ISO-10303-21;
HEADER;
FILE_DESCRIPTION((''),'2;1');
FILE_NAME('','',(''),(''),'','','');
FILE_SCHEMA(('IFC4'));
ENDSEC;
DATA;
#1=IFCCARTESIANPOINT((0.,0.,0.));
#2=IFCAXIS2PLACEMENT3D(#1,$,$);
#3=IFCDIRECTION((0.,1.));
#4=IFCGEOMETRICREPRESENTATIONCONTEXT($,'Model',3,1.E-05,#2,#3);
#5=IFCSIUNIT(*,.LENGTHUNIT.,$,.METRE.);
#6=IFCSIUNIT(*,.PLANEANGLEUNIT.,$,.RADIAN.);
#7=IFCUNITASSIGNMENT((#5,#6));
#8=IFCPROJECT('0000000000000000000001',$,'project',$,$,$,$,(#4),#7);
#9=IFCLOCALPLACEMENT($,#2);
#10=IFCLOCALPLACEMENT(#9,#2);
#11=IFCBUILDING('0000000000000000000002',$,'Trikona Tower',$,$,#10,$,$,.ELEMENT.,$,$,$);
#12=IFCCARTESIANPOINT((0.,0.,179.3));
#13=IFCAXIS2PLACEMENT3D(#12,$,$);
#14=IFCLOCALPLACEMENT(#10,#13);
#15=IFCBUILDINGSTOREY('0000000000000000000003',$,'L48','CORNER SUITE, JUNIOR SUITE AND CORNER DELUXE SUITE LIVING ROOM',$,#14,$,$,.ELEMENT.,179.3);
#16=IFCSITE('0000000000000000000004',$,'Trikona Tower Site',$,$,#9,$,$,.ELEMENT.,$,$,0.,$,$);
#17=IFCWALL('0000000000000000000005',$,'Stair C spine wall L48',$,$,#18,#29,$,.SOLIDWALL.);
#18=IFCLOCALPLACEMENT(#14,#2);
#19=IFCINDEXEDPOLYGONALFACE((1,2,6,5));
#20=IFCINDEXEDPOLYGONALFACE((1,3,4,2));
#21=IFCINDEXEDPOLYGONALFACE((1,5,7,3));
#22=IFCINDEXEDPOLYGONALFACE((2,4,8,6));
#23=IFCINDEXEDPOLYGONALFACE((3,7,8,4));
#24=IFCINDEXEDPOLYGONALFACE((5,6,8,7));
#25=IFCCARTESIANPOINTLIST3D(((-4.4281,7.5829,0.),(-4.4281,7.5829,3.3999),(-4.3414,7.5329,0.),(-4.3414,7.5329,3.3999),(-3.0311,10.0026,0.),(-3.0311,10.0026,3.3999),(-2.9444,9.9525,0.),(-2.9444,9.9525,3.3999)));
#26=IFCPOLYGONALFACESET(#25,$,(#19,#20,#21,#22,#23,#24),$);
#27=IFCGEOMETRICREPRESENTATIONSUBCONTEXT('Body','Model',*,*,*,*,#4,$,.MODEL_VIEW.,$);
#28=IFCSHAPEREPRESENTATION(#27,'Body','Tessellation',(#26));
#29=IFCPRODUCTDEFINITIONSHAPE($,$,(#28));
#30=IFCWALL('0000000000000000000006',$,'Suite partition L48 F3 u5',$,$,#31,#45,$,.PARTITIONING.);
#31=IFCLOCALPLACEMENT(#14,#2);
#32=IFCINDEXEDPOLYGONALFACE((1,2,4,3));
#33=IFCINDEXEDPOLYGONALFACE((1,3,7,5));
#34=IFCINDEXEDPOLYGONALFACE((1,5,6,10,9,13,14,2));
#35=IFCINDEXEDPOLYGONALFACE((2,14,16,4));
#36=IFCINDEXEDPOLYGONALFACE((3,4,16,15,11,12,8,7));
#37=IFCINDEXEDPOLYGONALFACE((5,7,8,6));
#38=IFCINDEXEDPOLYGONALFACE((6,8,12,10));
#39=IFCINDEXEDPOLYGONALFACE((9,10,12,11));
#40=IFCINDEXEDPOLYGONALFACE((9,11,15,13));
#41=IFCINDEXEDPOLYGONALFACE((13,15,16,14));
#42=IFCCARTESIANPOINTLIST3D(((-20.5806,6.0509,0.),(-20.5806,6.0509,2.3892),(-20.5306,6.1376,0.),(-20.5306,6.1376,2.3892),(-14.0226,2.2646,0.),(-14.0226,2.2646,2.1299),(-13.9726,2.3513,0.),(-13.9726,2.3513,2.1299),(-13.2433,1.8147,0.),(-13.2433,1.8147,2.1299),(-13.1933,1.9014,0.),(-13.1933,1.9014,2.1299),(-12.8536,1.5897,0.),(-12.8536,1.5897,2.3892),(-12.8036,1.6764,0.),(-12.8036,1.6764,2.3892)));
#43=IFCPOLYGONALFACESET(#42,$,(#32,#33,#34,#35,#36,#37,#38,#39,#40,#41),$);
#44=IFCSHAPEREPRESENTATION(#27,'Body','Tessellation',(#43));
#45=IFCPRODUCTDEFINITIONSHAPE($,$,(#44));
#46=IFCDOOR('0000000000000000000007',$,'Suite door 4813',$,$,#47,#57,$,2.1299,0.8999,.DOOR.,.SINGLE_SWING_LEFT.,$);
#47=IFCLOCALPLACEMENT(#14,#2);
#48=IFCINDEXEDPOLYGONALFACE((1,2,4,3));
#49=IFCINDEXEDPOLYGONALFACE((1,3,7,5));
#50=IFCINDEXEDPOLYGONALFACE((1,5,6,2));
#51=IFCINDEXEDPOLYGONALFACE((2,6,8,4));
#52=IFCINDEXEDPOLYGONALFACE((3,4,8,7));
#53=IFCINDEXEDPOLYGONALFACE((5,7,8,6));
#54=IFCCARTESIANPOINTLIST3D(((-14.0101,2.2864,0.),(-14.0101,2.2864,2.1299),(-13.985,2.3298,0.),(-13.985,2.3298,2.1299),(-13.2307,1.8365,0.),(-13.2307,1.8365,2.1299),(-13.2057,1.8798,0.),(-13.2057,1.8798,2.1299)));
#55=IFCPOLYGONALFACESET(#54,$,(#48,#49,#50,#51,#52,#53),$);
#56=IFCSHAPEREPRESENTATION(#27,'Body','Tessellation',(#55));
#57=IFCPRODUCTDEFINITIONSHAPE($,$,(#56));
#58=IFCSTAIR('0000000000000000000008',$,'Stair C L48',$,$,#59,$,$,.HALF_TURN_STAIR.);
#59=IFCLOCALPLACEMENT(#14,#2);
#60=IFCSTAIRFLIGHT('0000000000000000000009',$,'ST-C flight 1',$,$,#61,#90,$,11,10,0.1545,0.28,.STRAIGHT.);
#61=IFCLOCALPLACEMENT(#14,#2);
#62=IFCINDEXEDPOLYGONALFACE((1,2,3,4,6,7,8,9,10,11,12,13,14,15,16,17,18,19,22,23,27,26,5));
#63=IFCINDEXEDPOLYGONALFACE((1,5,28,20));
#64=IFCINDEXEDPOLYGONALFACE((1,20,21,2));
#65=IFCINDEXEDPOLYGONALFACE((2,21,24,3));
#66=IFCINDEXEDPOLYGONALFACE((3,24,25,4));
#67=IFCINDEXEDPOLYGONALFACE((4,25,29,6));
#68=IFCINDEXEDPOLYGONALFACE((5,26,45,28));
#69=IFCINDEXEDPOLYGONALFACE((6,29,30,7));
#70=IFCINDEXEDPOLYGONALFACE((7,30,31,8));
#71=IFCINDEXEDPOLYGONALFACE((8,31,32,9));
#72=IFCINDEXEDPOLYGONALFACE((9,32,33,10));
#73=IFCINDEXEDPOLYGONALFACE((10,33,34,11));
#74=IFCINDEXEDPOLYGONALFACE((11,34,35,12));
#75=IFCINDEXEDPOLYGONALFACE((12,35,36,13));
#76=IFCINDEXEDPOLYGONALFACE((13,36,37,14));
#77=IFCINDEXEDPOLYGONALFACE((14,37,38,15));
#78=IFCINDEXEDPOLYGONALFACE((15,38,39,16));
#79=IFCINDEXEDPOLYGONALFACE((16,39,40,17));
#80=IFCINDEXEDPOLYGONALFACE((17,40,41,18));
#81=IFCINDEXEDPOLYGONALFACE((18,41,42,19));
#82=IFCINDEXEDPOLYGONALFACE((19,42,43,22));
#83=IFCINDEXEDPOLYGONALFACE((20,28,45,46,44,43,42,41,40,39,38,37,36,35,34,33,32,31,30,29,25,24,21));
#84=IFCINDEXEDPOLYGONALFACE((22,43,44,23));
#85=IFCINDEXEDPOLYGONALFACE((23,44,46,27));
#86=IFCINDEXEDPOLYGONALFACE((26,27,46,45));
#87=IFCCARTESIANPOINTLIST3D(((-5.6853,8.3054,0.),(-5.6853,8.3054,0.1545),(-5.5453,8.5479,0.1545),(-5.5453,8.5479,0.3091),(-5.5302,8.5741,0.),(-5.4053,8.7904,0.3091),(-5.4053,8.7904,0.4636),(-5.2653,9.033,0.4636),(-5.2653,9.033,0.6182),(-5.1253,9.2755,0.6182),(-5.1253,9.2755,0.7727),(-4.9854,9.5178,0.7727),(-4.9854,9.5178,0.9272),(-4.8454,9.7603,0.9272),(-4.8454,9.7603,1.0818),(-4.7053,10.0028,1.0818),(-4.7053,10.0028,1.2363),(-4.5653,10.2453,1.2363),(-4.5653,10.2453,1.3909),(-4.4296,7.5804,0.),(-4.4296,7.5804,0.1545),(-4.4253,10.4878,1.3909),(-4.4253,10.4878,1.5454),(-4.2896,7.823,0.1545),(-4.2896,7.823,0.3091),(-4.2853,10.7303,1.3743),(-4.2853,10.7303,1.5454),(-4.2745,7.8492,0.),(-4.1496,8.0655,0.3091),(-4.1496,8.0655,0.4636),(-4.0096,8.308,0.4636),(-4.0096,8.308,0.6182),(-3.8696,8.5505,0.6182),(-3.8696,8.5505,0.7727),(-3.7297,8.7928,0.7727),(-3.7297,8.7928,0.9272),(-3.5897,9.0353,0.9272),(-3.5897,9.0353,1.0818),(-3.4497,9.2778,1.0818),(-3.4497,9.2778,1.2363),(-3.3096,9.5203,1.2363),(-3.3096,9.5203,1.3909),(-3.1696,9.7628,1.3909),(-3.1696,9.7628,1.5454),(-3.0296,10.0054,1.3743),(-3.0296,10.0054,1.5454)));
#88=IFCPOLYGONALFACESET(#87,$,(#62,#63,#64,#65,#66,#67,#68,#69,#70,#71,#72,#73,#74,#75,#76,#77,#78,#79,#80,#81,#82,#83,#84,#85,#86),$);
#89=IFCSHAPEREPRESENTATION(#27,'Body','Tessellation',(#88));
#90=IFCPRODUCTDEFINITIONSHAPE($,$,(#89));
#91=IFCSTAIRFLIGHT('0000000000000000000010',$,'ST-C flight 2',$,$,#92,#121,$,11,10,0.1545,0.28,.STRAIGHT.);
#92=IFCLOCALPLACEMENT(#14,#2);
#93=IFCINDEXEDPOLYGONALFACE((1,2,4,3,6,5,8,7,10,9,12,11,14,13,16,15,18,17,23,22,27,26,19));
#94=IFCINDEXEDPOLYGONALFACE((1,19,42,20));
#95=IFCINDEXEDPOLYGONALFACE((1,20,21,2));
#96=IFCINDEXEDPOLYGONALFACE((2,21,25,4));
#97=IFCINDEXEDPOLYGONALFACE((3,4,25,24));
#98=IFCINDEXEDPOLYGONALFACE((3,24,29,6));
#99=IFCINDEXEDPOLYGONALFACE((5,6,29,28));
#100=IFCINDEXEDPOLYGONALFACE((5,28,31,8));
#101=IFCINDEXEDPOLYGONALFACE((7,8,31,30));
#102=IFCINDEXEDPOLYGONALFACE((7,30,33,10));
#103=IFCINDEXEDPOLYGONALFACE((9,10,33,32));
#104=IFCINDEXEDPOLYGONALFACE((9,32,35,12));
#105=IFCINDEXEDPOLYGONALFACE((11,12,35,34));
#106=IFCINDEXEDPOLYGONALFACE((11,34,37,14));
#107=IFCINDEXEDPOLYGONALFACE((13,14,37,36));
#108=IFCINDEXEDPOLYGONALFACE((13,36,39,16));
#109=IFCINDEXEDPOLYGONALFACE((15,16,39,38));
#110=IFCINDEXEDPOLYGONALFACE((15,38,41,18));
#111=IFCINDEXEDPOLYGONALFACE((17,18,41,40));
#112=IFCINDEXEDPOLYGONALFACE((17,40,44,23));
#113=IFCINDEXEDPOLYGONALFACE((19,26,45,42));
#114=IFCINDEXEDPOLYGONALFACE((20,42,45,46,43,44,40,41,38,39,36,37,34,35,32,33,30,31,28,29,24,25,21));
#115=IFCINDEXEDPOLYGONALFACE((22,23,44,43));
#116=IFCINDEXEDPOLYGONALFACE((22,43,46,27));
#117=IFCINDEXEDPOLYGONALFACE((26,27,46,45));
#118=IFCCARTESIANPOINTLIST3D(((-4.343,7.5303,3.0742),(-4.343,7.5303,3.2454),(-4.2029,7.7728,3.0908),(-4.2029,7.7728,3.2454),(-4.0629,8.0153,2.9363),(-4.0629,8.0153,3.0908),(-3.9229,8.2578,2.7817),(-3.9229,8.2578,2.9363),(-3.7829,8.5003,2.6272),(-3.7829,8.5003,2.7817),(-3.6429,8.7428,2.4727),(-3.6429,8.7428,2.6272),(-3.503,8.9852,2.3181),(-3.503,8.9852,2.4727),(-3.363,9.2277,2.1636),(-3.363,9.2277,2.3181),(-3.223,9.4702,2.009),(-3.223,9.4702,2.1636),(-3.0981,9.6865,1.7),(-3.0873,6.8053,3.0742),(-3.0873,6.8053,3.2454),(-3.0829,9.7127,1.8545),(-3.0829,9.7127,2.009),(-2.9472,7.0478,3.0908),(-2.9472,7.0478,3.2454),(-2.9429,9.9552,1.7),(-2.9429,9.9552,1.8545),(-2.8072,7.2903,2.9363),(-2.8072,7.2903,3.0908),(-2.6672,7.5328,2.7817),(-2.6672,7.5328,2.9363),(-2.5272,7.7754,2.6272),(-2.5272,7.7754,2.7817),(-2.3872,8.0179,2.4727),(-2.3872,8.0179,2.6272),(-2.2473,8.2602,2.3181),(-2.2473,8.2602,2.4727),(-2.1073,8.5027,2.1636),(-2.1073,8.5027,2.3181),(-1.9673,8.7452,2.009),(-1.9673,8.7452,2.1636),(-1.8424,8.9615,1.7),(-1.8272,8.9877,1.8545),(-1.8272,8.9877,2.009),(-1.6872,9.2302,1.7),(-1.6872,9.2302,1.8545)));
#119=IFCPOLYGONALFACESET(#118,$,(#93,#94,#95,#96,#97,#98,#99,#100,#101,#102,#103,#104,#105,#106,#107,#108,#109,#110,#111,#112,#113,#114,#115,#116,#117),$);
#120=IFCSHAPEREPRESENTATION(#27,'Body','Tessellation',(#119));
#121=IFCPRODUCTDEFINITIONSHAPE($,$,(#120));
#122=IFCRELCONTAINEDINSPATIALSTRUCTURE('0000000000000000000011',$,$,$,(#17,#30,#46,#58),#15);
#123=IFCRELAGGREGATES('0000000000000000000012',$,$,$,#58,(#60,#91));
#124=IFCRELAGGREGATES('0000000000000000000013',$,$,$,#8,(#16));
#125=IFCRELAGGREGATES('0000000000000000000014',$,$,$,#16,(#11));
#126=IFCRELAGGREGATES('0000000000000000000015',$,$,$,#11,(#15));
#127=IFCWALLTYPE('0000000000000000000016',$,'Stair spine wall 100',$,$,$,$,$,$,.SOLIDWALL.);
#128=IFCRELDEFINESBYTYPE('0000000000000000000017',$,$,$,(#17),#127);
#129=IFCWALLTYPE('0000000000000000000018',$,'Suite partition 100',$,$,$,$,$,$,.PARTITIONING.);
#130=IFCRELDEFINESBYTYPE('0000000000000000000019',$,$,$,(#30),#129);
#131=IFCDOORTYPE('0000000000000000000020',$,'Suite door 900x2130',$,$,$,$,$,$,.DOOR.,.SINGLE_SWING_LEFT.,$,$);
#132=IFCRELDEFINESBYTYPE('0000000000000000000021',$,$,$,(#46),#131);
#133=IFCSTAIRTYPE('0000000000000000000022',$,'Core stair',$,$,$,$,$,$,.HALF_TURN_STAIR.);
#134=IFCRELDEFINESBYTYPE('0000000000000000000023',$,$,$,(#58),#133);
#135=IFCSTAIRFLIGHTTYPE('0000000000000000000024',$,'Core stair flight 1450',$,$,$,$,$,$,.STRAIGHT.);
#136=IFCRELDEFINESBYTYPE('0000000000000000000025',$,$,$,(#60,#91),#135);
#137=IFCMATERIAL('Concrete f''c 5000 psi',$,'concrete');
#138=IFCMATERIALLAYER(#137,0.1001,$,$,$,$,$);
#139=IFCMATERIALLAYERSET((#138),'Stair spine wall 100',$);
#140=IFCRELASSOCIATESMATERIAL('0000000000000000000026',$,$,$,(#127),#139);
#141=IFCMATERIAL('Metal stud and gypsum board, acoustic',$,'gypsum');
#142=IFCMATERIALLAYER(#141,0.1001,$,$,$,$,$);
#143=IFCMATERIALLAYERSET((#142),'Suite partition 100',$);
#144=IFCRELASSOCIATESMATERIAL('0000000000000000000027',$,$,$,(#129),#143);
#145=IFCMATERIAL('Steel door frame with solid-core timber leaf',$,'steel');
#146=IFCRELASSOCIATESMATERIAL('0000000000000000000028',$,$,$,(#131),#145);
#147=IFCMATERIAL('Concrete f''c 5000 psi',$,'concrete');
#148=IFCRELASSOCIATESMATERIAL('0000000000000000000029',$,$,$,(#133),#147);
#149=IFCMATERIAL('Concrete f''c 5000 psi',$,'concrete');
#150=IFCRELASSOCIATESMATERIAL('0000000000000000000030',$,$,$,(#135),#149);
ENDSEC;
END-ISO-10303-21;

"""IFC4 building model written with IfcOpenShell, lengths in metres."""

from ifc_helpers import new_model, si_unit, direction, frame, frame_2d, origin, place, context, subcontext, project, spatial, polyline, rectangle, outline, extrude, material, layer, layer_set, type_object, element, fill, aggregate, save


model = new_model("IFC4")

# Units and contexts
model_context = context("Model", 3, precision=1e-05, world=origin(), true_north=direction((0.0, 1.0)))
body_context = subcontext(model_context, "Body", "Model", "MODEL_VIEW")
ifc_project = project(units=[si_unit("LENGTHUNIT", "METRE"), si_unit("PLANEANGLEUNIT", "RADIAN")], contexts=[model_context])

# Site, building, storey
site_placement = place(None, origin())
site = spatial("IfcSite", under=ifc_project, at=site_placement, Name="Trikona Tower Site", CompositionType="ELEMENT", RefElevation=0.0)
building_placement = place(site_placement, origin())
building = spatial("IfcBuilding", under=site, at=building_placement, Name="Trikona Tower", CompositionType="ELEMENT")
storey_placement = place(building_placement, frame((0.0, 0.0, 179.3)))
storey = spatial("IfcBuildingStorey", under=building, at=storey_placement, Name="L48", Description="CORNER SUITE, JUNIOR SUITE AND CORNER DELUXE SUITE LIVING ROOM", CompositionType="ELEMENT", Elevation=179.3)

# Wall
ifc_material_1 = material(Name="Concrete f'c 5000 psi", Category="concrete")
ifc_layer_1 = layer(ifc_material_1, 0.1001)
ifc_layer_set_1 = layer_set([ifc_layer_1], Name="Stair spine wall 100")
wall_type_1 = type_object("IfcWallType", Name="Stair spine wall 100", PredefinedType="SOLIDWALL", material=ifc_layer_set_1)
wall_1_placement = place(storey_placement, frame((-2.9878, 9.9775, 0.0), z_axis=(0.0, 0.0, 1.0), x_axis=(-0.499992, -0.86603, 0.0)))
element("IfcWall", 1, at=wall_1_placement, inside=storey, type_object=wall_type_1, Name="Stair C spine wall L48", PredefinedType="SOLIDWALL", context=body_context, shape_type="SweptSolid", body=[
    extrude(rectangle(XDim=2.7939, YDim=0.1001, at=frame_2d((1.397, 0.0))), origin(), (0.0, 0.0, 1.0), 3.3999),
])

# Wall, opening, door
ifc_material_2 = material(Name="Metal stud and gypsum board, acoustic", Category="gypsum")
ifc_layer_2 = layer(ifc_material_2, 0.1001)
ifc_layer_set_2 = layer_set([ifc_layer_2], Name="Suite partition 100")
wall_type_2 = type_object("IfcWallType", Name="Suite partition 100", PredefinedType="PARTITIONING", material=ifc_layer_set_2)
wall_2_placement = place(storey_placement, frame((-12.8286, 1.6331, 0.0), z_axis=(0.0, 0.0, 1.0), x_axis=(-0.866027, 0.499997, 0.0)))
wall_2 = element("IfcWall", 2, at=wall_2_placement, inside=storey, type_object=wall_type_2, Name="Suite partition L48 F3 u5", PredefinedType="PARTITIONING", context=body_context, shape_type="SweptSolid", body=[
    extrude(rectangle(XDim=8.9224, YDim=0.1001, at=frame_2d((4.4612, 0.0))), origin(), (0.0, 0.0, 1.0), 2.3892),
])
opening_1_placement = place(wall_2_placement, frame((0.45, 0.0, 0.0)))
opening_1 = element("IfcOpeningElement", 3, at=opening_1_placement, cuts=wall_2, PredefinedType="OPENING", context=body_context, shape_type="SweptSolid", body=[
    extrude(rectangle(XDim=0.8999, YDim=2.1299, at=frame_2d((0.45, 1.0649))), frame((0.0, 0.0601, 0.0), z_axis=(0.0, -1.0, 0.0), x_axis=(1.0, 0.0, 0.0)), (0.0, 0.0, 1.0), 0.1201),
])
ifc_material_3 = material(Name="Steel door frame with solid-core timber leaf", Category="steel")
door_type_1 = type_object("IfcDoorType", Name="Suite door 900x2130", OperationType="SINGLE_SWING_LEFT", PredefinedType="DOOR", material=ifc_material_3)
door_1_placement = place(opening_1_placement, origin())
door_1 = element("IfcDoor", 4, at=door_1_placement, inside=storey, type_object=door_type_1, Name="Suite door 4813", OperationType="SINGLE_SWING_LEFT", OverallHeight=2.1299, OverallWidth=0.8999, PredefinedType="DOOR", context=body_context, shape_type="SweptSolid", body=[
    extrude(rectangle(XDim=0.8999, YDim=2.1299, at=frame_2d((0.45, 1.0649))), frame((0.0, 0.0249, 0.0), z_axis=(0.0, -1.0, 0.0), x_axis=(1.0, 0.0, 0.0)), (0.0, 0.0, 1.0), 0.05),
])
fill(opening_1, door_1)

# Stair, stair flights
ifc_material_4 = material(Name="Concrete f'c 5000 psi", Category="concrete")
stair_type = type_object("IfcStairType", Name="Core stair", PredefinedType="HALF_TURN_STAIR", material=ifc_material_4)
stair_placement = place(storey_placement, origin())
stair = element("IfcStair", 5, at=stair_placement, inside=storey, type_object=stair_type, Name="Stair C L48", PredefinedType="HALF_TURN_STAIR")
ifc_material_5 = material(Name="Concrete f'c 5000 psi", Category="concrete")
stair_flight_type = type_object("IfcStairFlightType", Name="Core stair flight 1450", PredefinedType="STRAIGHT", material=ifc_material_5)
stair_flight_1_placement = place(storey_placement, frame((-5.0574, 7.9429, 0.0), z_axis=(0.0, 0.0, 1.0), x_axis=(0.5, 0.866025, 0.0)))
stair_flight_1 = element("IfcStairFlight", 6, at=stair_flight_1_placement, type_object=stair_flight_type, Name="ST-C flight 1", NumberOfRisers=11, NumberOfTreads=10, PredefinedType="STRAIGHT", RiserHeight=0.1545, TreadLength=0.28, context=body_context, shape_type="SweptSolid", body=[
    extrude(outline(polyline([(0.0, 0.0), (0.0, 0.1545), (0.28, 0.1545), (0.28, 0.3091), (0.5601, 0.3091), (0.5601, 0.4636), (0.8401, 0.4636), (0.8401, 0.6182), (1.1201, 0.6182), (1.1201, 0.7727), (1.3999, 0.7727), (1.3999, 0.9272), (1.6799, 0.9272), (1.6799, 1.0818), (1.96, 1.0818), (1.96, 1.2363), (2.24, 1.2363), (2.24, 1.3909), (2.52, 1.3909), (2.52, 1.5454), (2.8, 1.5454), (2.8, 1.7), (2.8, 1.3743), (0.3103, 0.0), (0.0, 0.0)])), frame((0.0, 0.7251, 0.0), z_axis=(0.0, -1.0, 0.0), x_axis=(1.0, 0.0, 0.0)), (0.0, 0.0, 1.0), 1.45),
])
stair_flight_2_placement = place(storey_placement, frame((-2.3152, 9.5928, 1.7), z_axis=(0.0, 0.0, 1.0), x_axis=(-0.5, -0.866025, 0.0)))
stair_flight_2 = element("IfcStairFlight", 7, at=stair_flight_2_placement, type_object=stair_flight_type, Name="ST-C flight 2", NumberOfRisers=11, NumberOfTreads=10, PredefinedType="STRAIGHT", RiserHeight=0.1545, TreadLength=0.28, context=body_context, shape_type="SweptSolid", body=[
    extrude(outline(polyline([(0.0, 0.0), (0.0, 0.1545), (0.28, 0.1545), (0.28, 0.3091), (0.5601, 0.3091), (0.5601, 0.4636), (0.8401, 0.4636), (0.8401, 0.6182), (1.1201, 0.6182), (1.1201, 0.7727), (1.3999, 0.7727), (1.3999, 0.9272), (1.6799, 0.9272), (1.6799, 1.0818), (1.96, 1.0818), (1.96, 1.2363), (2.24, 1.2363), (2.24, 1.3909), (2.52, 1.3909), (2.52, 1.5454), (2.8, 1.5454), (2.8, 1.7), (2.8, 1.3743), (0.3103, 0.0), (0.0, 0.0)])), frame((0.0, 0.7251, 0.0), z_axis=(0.0, -1.0, 0.0), x_axis=(1.0, 0.0, 0.0)), (0.0, 0.0, 1.0), 1.45),
])
aggregate(stair, [stair_flight_1, stair_flight_2])

save(model, "model.ifc")
